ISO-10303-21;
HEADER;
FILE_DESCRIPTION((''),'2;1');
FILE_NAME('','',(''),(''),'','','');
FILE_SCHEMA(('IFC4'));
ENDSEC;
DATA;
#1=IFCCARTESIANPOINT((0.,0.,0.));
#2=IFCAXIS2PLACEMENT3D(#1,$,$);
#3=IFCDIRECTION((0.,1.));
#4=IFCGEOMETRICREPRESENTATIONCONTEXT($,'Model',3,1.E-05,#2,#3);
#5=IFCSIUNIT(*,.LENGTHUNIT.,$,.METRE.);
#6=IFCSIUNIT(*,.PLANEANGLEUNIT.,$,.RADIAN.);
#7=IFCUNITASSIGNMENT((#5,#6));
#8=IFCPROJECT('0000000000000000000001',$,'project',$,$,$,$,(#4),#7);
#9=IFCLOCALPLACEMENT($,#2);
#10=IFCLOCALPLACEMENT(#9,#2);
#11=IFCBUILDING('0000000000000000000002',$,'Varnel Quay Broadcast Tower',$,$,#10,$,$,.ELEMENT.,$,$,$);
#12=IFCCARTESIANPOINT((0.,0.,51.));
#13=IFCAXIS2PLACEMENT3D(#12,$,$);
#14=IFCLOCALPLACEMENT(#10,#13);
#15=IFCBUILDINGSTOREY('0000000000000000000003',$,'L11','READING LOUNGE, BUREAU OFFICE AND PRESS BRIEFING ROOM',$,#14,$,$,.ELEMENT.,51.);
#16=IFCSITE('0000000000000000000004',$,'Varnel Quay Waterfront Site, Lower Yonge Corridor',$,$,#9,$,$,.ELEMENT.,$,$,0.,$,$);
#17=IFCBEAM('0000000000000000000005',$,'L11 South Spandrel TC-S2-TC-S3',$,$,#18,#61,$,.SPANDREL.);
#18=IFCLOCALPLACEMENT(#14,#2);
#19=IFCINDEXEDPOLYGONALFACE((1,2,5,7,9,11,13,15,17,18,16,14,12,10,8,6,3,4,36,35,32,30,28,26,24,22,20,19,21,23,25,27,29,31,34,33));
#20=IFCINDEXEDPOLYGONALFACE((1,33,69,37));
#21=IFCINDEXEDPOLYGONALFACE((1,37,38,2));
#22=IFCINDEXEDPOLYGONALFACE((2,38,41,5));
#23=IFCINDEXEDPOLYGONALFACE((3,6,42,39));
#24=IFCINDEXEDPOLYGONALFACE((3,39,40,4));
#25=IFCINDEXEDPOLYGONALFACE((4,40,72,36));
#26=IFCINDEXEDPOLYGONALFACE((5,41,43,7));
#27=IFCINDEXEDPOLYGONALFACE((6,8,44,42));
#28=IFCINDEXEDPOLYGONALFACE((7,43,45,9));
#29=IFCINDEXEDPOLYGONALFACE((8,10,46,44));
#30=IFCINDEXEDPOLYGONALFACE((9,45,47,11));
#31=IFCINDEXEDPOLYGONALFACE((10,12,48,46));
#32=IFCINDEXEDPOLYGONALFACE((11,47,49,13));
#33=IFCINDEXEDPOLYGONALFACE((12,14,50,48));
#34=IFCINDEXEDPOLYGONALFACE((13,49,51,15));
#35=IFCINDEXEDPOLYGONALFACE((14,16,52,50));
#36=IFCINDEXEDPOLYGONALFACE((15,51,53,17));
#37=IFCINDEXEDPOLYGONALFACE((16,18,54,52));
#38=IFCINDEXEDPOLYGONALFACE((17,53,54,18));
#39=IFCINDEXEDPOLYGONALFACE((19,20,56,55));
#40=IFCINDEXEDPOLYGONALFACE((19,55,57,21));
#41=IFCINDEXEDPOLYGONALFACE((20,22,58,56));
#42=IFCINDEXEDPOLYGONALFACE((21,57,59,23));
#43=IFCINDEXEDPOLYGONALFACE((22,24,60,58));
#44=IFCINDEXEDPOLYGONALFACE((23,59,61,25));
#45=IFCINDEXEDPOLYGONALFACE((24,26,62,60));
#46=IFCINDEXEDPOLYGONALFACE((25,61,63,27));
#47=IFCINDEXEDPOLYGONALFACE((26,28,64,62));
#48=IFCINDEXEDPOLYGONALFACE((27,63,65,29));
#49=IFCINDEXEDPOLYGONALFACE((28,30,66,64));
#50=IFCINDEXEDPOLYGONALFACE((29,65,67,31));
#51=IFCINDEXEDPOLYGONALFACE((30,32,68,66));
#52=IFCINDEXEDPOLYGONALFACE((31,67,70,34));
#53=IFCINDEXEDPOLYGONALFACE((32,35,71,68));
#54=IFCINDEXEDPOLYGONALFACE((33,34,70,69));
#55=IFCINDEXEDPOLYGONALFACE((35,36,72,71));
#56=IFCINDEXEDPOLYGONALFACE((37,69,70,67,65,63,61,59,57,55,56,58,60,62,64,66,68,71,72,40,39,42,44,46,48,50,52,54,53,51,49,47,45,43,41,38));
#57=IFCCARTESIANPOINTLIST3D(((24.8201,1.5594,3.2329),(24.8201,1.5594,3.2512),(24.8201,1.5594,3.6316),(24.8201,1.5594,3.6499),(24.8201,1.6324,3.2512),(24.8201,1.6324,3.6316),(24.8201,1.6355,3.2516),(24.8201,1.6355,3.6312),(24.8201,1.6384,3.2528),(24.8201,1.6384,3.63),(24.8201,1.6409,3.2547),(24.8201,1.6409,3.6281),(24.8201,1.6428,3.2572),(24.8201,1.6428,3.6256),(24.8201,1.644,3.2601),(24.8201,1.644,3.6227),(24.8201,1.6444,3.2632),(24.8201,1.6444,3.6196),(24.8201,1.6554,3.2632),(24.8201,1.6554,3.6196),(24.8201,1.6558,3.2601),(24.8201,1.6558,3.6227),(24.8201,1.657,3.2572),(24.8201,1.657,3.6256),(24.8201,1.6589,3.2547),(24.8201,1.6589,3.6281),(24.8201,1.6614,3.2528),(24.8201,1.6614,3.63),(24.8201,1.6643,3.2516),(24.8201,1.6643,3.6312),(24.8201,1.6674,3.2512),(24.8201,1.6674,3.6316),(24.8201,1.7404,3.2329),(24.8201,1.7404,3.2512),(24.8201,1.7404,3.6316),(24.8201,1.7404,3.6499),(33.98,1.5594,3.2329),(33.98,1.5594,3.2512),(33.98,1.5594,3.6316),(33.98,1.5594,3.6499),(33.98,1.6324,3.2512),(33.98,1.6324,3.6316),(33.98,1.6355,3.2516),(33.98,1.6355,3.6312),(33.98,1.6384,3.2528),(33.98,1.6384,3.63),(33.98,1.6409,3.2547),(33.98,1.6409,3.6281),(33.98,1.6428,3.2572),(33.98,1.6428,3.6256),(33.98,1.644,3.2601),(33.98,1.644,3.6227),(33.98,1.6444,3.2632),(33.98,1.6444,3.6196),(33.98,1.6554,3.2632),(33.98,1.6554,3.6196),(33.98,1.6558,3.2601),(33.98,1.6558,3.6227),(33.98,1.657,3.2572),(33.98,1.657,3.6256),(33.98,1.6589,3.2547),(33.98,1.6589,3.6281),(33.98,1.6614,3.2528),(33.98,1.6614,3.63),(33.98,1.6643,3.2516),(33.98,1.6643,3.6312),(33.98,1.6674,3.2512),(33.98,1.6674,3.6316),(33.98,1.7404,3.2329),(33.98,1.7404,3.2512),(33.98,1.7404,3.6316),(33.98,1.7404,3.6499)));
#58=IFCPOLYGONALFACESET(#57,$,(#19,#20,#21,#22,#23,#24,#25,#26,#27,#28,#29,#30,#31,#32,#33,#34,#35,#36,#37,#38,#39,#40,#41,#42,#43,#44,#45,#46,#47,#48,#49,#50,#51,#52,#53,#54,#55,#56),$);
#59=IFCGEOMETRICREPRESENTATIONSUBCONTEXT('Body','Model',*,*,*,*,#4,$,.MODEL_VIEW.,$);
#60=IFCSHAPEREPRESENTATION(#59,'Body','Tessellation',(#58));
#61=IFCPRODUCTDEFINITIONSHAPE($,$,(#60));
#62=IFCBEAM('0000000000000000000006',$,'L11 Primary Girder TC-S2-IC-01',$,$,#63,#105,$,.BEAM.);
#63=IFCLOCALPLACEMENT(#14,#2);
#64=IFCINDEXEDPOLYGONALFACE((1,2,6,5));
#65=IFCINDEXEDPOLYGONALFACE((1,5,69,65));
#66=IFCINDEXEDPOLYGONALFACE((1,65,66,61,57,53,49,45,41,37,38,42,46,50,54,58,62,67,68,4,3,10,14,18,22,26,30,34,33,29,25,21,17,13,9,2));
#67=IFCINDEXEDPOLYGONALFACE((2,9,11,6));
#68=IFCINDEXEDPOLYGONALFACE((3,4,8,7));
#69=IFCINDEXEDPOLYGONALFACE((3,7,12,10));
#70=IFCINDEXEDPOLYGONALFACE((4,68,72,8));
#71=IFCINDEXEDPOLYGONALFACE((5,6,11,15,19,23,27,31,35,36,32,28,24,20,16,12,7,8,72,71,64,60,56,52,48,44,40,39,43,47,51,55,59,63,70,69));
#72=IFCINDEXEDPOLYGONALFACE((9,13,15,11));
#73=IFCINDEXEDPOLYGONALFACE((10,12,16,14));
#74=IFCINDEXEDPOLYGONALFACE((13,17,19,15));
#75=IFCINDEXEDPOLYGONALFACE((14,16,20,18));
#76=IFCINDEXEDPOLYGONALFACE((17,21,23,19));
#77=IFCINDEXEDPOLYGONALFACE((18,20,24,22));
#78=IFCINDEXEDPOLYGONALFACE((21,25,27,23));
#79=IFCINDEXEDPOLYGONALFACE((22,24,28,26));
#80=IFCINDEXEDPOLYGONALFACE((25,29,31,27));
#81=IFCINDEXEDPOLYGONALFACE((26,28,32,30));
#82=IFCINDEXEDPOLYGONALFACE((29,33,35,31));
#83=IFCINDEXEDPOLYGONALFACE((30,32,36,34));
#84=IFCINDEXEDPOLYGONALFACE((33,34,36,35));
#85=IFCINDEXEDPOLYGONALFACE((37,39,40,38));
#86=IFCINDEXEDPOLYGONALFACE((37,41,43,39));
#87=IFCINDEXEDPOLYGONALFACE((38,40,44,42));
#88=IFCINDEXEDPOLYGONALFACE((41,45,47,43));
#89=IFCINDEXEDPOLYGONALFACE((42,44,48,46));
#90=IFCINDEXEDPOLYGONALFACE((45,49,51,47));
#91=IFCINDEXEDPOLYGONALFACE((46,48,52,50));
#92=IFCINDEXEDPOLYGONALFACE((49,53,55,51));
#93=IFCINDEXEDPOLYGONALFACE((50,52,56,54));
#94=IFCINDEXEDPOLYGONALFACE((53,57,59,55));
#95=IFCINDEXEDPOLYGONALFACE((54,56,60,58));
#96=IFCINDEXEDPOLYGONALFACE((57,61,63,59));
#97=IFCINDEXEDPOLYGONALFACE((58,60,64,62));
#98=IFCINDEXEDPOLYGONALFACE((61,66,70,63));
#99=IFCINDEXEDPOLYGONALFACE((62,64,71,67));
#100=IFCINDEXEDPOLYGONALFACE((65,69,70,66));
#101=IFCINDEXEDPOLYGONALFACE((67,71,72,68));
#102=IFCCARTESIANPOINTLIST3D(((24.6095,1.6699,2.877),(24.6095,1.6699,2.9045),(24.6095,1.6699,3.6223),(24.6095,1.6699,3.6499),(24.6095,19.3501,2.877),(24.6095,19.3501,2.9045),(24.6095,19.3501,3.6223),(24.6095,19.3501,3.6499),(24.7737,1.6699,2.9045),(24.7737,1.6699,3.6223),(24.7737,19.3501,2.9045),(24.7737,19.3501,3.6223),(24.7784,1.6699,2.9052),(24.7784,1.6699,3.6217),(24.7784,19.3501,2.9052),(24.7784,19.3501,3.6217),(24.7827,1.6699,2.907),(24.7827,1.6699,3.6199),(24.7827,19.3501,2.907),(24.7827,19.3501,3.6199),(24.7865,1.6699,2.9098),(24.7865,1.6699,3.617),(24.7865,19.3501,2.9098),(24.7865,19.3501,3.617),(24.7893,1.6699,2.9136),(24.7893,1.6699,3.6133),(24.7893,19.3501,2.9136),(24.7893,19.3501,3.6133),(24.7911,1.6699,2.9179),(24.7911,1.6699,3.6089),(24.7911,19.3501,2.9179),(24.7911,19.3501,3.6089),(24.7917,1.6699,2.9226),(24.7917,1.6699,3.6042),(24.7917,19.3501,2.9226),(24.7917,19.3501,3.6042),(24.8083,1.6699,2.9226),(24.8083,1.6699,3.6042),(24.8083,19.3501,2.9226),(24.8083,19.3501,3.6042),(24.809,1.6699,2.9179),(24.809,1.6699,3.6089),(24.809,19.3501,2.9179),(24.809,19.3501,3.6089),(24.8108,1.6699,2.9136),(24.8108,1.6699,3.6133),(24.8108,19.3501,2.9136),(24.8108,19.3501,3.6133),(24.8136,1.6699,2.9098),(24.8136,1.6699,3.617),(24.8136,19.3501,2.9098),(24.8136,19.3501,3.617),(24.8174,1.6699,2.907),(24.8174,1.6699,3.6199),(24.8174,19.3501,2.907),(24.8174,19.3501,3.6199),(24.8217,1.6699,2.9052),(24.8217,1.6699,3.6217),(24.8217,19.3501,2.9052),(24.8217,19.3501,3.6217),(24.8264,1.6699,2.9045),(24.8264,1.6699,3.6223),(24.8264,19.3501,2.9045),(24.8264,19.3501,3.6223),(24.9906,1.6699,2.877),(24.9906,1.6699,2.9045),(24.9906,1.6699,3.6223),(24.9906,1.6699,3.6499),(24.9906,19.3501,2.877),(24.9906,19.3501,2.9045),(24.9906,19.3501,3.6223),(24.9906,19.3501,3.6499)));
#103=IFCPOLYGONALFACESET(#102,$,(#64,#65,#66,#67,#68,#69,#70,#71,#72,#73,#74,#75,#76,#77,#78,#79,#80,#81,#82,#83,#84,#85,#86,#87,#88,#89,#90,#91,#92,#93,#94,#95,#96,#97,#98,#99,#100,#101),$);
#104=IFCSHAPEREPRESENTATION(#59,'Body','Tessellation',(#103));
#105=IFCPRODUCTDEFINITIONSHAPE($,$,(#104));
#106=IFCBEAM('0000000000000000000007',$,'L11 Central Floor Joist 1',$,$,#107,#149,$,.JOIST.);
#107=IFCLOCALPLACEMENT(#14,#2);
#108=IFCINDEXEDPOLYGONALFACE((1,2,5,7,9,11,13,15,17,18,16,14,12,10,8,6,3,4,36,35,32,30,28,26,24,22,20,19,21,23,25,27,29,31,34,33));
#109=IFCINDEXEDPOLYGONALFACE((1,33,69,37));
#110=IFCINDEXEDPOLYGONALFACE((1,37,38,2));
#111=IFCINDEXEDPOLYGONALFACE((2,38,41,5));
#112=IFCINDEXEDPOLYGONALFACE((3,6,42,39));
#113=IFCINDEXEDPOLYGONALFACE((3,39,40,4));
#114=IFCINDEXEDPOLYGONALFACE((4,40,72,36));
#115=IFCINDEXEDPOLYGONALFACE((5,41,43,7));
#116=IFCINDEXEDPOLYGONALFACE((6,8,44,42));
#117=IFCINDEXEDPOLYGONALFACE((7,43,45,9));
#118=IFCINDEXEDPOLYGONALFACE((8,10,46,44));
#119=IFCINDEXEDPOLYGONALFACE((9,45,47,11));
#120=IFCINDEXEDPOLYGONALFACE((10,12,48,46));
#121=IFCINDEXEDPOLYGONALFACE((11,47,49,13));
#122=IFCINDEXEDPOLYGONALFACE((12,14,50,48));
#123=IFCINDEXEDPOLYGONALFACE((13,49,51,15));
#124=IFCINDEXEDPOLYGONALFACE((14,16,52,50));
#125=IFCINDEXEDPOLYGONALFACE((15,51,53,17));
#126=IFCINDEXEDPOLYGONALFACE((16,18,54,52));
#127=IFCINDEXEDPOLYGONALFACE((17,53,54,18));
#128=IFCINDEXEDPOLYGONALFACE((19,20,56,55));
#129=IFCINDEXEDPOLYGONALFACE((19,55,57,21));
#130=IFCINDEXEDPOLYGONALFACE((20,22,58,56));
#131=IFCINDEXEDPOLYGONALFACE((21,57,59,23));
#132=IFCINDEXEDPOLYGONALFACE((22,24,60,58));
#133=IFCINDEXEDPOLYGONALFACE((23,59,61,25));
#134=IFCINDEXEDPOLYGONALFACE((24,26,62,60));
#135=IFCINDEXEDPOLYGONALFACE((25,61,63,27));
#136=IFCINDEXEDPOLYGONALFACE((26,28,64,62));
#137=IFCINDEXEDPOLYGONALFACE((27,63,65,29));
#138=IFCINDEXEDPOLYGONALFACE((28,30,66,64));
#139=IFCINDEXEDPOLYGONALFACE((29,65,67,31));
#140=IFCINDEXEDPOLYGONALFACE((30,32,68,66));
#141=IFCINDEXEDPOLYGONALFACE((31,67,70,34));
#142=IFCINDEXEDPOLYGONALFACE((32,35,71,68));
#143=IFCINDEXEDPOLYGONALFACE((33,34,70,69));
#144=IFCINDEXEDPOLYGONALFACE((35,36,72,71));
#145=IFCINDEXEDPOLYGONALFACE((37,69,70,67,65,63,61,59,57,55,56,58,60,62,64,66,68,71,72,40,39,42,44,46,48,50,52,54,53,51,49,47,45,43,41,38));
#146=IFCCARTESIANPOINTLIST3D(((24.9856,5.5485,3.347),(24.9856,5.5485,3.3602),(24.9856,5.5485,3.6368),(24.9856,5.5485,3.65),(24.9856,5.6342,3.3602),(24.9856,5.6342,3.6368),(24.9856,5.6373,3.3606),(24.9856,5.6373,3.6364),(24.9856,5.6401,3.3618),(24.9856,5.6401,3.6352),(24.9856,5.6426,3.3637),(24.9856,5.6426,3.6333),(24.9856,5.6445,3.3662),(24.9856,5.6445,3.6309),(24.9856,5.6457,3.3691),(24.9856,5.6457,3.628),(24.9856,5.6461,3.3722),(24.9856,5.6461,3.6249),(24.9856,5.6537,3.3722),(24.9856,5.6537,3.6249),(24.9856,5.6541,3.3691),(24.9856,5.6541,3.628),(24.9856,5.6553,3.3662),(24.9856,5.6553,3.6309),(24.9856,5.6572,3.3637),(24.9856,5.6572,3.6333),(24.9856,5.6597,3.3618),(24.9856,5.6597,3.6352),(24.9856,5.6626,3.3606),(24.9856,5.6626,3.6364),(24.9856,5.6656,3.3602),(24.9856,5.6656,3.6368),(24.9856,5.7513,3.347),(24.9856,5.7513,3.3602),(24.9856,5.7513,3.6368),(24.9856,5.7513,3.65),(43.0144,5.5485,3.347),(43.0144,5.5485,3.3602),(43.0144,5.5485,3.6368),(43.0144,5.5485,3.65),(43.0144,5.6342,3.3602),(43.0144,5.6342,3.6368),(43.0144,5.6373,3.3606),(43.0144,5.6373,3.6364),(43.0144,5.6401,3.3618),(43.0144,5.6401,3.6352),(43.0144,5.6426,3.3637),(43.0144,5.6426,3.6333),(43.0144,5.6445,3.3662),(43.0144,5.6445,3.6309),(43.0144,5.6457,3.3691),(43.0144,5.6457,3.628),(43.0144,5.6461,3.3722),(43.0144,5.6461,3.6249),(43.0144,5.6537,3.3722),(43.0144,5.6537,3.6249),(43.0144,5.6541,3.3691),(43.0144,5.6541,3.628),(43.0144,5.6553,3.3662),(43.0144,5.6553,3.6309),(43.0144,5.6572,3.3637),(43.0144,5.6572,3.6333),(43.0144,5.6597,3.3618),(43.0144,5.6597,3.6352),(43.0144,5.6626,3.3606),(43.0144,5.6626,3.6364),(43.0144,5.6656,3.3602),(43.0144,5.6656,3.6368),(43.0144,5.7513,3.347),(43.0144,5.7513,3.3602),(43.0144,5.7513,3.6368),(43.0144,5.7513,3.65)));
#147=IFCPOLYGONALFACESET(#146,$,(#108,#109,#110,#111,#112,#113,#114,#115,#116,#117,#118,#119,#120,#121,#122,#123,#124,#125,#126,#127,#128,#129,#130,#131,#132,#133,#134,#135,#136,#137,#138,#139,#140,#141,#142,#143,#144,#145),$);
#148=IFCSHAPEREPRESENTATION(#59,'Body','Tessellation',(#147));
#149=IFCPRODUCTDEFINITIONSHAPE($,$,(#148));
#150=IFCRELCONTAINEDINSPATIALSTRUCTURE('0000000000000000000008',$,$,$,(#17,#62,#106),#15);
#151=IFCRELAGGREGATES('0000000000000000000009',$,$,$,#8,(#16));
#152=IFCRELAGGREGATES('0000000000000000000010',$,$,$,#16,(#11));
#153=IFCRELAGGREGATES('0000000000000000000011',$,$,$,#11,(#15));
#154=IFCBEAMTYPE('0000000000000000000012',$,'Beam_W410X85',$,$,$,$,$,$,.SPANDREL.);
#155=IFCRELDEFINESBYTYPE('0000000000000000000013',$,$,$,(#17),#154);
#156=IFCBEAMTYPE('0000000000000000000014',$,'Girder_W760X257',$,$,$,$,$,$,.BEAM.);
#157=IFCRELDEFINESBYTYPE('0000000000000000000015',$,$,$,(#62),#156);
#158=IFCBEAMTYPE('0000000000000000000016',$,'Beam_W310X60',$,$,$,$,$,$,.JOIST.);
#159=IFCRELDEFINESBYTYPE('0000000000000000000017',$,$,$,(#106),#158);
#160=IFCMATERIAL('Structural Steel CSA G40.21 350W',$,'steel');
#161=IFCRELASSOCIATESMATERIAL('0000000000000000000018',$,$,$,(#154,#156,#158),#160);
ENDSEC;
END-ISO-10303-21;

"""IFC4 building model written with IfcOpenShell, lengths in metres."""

from ifc_helpers import new_model, si_unit, direction, frame, origin, origin_2d, place, context, subcontext, project, spatial, i_section, extrude, source, transform, mapped, material, material_profile, profile_set, type_object, type_shapes, element, save


model = new_model("IFC4")

# Units and contexts
model_context = context("Model", 3, precision=1e-05, world=origin(), true_north=direction((0.0, 1.0)))
body_context = subcontext(model_context, "Body", "Model", "MODEL_VIEW")
ifc_project = project(units=[si_unit("LENGTHUNIT", "METRE"), si_unit("PLANEANGLEUNIT", "RADIAN")], contexts=[model_context])

# Site, building, storey
site_placement = place(None, origin())
site = spatial("IfcSite", under=ifc_project, at=site_placement, Name="Varnel Quay Waterfront Site, Lower Yonge Corridor", CompositionType="ELEMENT", RefElevation=0.0)
building_placement = place(site_placement, origin())
building = spatial("IfcBuilding", under=site, at=building_placement, Name="Varnel Quay Broadcast Tower", CompositionType="ELEMENT")
storey_placement = place(building_placement, frame((0.0, 0.0, 51.0)))
storey = spatial("IfcBuildingStorey", under=building, at=storey_placement, Name="L11", Description="READING LOUNGE, BUREAU OFFICE AND PRESS BRIEFING ROOM", CompositionType="ELEMENT", Elevation=51.0)

# Shared definitions
ifc_material_1 = material(Name="Structural Steel CSA G40.21 350W", Category="steel")

# Beams
ifc_material_profile_1 = material_profile(ifc_material_1, i_section(OverallWidth=0.1809, OverallDepth=0.417, WebThickness=0.011, FlangeThickness=0.0183, FilletRadius=0.012, at=origin_2d()), Name="W410X85")
ifc_profile_set_1 = profile_set([ifc_material_profile_1], Name="Structural Steel CSA G40.21 350W")
beam_type_1 = type_object("IfcBeamType", Name="Beam_W410X85", PredefinedType="SPANDREL", material=ifc_profile_set_1)
shared_shape_1 = source(origin(), body_context, "Body", "SweptSolid", [
    extrude(i_section(OverallWidth=0.1809, OverallDepth=0.417, WebThickness=0.011, FlangeThickness=0.0183, FilletRadius=0.012, at=origin_2d()), origin(), (0.0, 0.0, 1.0), 9.1599),
])
for number, where, z_axis, x_axis, name in (
    (1, (24.8201, 1.6499, 3.4414), (1.0, 0.0, 0.0), (0.0, 1.0, 0.0), "L11 South Spandrel TC-S2-TC-S3"),
):
    element("IfcBeam", number, at=place(storey_placement, frame(where, z_axis=z_axis, x_axis=x_axis)), inside=storey, type_object=beam_type_1, Name=name, PredefinedType="SPANDREL", context=body_context, shape_type="MappedRepresentation", body=[
        mapped(shared_shape_1, transform((0.0, 0.0, 0.0), x_axis=(1.0, 0.0, 0.0), y_axis=(0.0, 1.0, 0.0), z_axis=(0.0, 0.0, 1.0), scale=1.0)),
    ])
ifc_material_profile_2 = material_profile(ifc_material_1, i_section(OverallWidth=0.3811, OverallDepth=0.7729, WebThickness=0.0166, FlangeThickness=0.0276, FilletRadius=0.0181, at=origin_2d()), Name="W760X257")
ifc_profile_set_2 = profile_set([ifc_material_profile_2], Name="Structural Steel CSA G40.21 350W")
beam_type_2 = type_object("IfcBeamType", Name="Girder_W760X257", PredefinedType="BEAM", material=ifc_profile_set_2)
shared_shape_2 = source(origin(), body_context, "Body", "SweptSolid", [
    extrude(i_section(OverallWidth=0.3811, OverallDepth=0.7729, WebThickness=0.0166, FlangeThickness=0.0276, FilletRadius=0.0181, at=origin_2d()), origin(), (0.0, 0.0, 1.0), 17.6802),
])
type_shapes(beam_type_2, [shared_shape_2])
beam_1_placement = place(storey_placement, frame((24.8, 1.6699, 3.2634), z_axis=(0.0, 1.0, 0.0), x_axis=(-1.0, 0.0, 0.0)))
element("IfcBeam", 2, at=beam_1_placement, inside=storey, type_object=beam_type_2, Name="L11 Primary Girder TC-S2-IC-01", PredefinedType="BEAM", context=body_context, shape_type="MappedRepresentation", body=[
    mapped(shared_shape_2, transform((0.0, 0.0, 0.0), x_axis=(1.0, 0.0, 0.0), y_axis=(0.0, 1.0, 0.0), z_axis=(0.0, 0.0, 1.0), scale=1.0)),
])
ifc_material_profile_3 = material_profile(ifc_material_1, i_section(OverallWidth=0.2029, OverallDepth=0.303, WebThickness=0.0076, FlangeThickness=0.0132, FilletRadius=0.012, at=origin_2d()), Name="W310X60")
ifc_profile_set_3 = profile_set([ifc_material_profile_3], Name="Structural Steel CSA G40.21 350W")
beam_type_3 = type_object("IfcBeamType", Name="Beam_W310X60", PredefinedType="JOIST", material=ifc_profile_set_3)
shared_shape_3 = source(origin(), body_context, "Body", "SweptSolid", [
    extrude(i_section(OverallWidth=0.2029, OverallDepth=0.303, WebThickness=0.0076, FlangeThickness=0.0132, FilletRadius=0.012, at=origin_2d()), origin(), (0.0, 0.0, 1.0), 18.0288),
])
type_shapes(beam_type_3, [shared_shape_3])
for number, where, z_axis, x_axis, name in (
    (3, (24.9856, 5.6499, 3.4985), (1.0, 0.0, 0.0), (0.0, 1.0, 0.0), "L11 Central Floor Joist 1"),
):
    element("IfcBeam", number, at=place(storey_placement, frame(where, z_axis=z_axis, x_axis=x_axis)), inside=storey, type_object=beam_type_3, Name=name, PredefinedType="JOIST", context=body_context, shape_type="MappedRepresentation", body=[
        mapped(shared_shape_3, transform((0.0, 0.0, 0.0), x_axis=(1.0, 0.0, 0.0), y_axis=(0.0, 1.0, 0.0), z_axis=(0.0, 0.0, 1.0), scale=1.0)),
    ])

save(model, "model.ifc")
